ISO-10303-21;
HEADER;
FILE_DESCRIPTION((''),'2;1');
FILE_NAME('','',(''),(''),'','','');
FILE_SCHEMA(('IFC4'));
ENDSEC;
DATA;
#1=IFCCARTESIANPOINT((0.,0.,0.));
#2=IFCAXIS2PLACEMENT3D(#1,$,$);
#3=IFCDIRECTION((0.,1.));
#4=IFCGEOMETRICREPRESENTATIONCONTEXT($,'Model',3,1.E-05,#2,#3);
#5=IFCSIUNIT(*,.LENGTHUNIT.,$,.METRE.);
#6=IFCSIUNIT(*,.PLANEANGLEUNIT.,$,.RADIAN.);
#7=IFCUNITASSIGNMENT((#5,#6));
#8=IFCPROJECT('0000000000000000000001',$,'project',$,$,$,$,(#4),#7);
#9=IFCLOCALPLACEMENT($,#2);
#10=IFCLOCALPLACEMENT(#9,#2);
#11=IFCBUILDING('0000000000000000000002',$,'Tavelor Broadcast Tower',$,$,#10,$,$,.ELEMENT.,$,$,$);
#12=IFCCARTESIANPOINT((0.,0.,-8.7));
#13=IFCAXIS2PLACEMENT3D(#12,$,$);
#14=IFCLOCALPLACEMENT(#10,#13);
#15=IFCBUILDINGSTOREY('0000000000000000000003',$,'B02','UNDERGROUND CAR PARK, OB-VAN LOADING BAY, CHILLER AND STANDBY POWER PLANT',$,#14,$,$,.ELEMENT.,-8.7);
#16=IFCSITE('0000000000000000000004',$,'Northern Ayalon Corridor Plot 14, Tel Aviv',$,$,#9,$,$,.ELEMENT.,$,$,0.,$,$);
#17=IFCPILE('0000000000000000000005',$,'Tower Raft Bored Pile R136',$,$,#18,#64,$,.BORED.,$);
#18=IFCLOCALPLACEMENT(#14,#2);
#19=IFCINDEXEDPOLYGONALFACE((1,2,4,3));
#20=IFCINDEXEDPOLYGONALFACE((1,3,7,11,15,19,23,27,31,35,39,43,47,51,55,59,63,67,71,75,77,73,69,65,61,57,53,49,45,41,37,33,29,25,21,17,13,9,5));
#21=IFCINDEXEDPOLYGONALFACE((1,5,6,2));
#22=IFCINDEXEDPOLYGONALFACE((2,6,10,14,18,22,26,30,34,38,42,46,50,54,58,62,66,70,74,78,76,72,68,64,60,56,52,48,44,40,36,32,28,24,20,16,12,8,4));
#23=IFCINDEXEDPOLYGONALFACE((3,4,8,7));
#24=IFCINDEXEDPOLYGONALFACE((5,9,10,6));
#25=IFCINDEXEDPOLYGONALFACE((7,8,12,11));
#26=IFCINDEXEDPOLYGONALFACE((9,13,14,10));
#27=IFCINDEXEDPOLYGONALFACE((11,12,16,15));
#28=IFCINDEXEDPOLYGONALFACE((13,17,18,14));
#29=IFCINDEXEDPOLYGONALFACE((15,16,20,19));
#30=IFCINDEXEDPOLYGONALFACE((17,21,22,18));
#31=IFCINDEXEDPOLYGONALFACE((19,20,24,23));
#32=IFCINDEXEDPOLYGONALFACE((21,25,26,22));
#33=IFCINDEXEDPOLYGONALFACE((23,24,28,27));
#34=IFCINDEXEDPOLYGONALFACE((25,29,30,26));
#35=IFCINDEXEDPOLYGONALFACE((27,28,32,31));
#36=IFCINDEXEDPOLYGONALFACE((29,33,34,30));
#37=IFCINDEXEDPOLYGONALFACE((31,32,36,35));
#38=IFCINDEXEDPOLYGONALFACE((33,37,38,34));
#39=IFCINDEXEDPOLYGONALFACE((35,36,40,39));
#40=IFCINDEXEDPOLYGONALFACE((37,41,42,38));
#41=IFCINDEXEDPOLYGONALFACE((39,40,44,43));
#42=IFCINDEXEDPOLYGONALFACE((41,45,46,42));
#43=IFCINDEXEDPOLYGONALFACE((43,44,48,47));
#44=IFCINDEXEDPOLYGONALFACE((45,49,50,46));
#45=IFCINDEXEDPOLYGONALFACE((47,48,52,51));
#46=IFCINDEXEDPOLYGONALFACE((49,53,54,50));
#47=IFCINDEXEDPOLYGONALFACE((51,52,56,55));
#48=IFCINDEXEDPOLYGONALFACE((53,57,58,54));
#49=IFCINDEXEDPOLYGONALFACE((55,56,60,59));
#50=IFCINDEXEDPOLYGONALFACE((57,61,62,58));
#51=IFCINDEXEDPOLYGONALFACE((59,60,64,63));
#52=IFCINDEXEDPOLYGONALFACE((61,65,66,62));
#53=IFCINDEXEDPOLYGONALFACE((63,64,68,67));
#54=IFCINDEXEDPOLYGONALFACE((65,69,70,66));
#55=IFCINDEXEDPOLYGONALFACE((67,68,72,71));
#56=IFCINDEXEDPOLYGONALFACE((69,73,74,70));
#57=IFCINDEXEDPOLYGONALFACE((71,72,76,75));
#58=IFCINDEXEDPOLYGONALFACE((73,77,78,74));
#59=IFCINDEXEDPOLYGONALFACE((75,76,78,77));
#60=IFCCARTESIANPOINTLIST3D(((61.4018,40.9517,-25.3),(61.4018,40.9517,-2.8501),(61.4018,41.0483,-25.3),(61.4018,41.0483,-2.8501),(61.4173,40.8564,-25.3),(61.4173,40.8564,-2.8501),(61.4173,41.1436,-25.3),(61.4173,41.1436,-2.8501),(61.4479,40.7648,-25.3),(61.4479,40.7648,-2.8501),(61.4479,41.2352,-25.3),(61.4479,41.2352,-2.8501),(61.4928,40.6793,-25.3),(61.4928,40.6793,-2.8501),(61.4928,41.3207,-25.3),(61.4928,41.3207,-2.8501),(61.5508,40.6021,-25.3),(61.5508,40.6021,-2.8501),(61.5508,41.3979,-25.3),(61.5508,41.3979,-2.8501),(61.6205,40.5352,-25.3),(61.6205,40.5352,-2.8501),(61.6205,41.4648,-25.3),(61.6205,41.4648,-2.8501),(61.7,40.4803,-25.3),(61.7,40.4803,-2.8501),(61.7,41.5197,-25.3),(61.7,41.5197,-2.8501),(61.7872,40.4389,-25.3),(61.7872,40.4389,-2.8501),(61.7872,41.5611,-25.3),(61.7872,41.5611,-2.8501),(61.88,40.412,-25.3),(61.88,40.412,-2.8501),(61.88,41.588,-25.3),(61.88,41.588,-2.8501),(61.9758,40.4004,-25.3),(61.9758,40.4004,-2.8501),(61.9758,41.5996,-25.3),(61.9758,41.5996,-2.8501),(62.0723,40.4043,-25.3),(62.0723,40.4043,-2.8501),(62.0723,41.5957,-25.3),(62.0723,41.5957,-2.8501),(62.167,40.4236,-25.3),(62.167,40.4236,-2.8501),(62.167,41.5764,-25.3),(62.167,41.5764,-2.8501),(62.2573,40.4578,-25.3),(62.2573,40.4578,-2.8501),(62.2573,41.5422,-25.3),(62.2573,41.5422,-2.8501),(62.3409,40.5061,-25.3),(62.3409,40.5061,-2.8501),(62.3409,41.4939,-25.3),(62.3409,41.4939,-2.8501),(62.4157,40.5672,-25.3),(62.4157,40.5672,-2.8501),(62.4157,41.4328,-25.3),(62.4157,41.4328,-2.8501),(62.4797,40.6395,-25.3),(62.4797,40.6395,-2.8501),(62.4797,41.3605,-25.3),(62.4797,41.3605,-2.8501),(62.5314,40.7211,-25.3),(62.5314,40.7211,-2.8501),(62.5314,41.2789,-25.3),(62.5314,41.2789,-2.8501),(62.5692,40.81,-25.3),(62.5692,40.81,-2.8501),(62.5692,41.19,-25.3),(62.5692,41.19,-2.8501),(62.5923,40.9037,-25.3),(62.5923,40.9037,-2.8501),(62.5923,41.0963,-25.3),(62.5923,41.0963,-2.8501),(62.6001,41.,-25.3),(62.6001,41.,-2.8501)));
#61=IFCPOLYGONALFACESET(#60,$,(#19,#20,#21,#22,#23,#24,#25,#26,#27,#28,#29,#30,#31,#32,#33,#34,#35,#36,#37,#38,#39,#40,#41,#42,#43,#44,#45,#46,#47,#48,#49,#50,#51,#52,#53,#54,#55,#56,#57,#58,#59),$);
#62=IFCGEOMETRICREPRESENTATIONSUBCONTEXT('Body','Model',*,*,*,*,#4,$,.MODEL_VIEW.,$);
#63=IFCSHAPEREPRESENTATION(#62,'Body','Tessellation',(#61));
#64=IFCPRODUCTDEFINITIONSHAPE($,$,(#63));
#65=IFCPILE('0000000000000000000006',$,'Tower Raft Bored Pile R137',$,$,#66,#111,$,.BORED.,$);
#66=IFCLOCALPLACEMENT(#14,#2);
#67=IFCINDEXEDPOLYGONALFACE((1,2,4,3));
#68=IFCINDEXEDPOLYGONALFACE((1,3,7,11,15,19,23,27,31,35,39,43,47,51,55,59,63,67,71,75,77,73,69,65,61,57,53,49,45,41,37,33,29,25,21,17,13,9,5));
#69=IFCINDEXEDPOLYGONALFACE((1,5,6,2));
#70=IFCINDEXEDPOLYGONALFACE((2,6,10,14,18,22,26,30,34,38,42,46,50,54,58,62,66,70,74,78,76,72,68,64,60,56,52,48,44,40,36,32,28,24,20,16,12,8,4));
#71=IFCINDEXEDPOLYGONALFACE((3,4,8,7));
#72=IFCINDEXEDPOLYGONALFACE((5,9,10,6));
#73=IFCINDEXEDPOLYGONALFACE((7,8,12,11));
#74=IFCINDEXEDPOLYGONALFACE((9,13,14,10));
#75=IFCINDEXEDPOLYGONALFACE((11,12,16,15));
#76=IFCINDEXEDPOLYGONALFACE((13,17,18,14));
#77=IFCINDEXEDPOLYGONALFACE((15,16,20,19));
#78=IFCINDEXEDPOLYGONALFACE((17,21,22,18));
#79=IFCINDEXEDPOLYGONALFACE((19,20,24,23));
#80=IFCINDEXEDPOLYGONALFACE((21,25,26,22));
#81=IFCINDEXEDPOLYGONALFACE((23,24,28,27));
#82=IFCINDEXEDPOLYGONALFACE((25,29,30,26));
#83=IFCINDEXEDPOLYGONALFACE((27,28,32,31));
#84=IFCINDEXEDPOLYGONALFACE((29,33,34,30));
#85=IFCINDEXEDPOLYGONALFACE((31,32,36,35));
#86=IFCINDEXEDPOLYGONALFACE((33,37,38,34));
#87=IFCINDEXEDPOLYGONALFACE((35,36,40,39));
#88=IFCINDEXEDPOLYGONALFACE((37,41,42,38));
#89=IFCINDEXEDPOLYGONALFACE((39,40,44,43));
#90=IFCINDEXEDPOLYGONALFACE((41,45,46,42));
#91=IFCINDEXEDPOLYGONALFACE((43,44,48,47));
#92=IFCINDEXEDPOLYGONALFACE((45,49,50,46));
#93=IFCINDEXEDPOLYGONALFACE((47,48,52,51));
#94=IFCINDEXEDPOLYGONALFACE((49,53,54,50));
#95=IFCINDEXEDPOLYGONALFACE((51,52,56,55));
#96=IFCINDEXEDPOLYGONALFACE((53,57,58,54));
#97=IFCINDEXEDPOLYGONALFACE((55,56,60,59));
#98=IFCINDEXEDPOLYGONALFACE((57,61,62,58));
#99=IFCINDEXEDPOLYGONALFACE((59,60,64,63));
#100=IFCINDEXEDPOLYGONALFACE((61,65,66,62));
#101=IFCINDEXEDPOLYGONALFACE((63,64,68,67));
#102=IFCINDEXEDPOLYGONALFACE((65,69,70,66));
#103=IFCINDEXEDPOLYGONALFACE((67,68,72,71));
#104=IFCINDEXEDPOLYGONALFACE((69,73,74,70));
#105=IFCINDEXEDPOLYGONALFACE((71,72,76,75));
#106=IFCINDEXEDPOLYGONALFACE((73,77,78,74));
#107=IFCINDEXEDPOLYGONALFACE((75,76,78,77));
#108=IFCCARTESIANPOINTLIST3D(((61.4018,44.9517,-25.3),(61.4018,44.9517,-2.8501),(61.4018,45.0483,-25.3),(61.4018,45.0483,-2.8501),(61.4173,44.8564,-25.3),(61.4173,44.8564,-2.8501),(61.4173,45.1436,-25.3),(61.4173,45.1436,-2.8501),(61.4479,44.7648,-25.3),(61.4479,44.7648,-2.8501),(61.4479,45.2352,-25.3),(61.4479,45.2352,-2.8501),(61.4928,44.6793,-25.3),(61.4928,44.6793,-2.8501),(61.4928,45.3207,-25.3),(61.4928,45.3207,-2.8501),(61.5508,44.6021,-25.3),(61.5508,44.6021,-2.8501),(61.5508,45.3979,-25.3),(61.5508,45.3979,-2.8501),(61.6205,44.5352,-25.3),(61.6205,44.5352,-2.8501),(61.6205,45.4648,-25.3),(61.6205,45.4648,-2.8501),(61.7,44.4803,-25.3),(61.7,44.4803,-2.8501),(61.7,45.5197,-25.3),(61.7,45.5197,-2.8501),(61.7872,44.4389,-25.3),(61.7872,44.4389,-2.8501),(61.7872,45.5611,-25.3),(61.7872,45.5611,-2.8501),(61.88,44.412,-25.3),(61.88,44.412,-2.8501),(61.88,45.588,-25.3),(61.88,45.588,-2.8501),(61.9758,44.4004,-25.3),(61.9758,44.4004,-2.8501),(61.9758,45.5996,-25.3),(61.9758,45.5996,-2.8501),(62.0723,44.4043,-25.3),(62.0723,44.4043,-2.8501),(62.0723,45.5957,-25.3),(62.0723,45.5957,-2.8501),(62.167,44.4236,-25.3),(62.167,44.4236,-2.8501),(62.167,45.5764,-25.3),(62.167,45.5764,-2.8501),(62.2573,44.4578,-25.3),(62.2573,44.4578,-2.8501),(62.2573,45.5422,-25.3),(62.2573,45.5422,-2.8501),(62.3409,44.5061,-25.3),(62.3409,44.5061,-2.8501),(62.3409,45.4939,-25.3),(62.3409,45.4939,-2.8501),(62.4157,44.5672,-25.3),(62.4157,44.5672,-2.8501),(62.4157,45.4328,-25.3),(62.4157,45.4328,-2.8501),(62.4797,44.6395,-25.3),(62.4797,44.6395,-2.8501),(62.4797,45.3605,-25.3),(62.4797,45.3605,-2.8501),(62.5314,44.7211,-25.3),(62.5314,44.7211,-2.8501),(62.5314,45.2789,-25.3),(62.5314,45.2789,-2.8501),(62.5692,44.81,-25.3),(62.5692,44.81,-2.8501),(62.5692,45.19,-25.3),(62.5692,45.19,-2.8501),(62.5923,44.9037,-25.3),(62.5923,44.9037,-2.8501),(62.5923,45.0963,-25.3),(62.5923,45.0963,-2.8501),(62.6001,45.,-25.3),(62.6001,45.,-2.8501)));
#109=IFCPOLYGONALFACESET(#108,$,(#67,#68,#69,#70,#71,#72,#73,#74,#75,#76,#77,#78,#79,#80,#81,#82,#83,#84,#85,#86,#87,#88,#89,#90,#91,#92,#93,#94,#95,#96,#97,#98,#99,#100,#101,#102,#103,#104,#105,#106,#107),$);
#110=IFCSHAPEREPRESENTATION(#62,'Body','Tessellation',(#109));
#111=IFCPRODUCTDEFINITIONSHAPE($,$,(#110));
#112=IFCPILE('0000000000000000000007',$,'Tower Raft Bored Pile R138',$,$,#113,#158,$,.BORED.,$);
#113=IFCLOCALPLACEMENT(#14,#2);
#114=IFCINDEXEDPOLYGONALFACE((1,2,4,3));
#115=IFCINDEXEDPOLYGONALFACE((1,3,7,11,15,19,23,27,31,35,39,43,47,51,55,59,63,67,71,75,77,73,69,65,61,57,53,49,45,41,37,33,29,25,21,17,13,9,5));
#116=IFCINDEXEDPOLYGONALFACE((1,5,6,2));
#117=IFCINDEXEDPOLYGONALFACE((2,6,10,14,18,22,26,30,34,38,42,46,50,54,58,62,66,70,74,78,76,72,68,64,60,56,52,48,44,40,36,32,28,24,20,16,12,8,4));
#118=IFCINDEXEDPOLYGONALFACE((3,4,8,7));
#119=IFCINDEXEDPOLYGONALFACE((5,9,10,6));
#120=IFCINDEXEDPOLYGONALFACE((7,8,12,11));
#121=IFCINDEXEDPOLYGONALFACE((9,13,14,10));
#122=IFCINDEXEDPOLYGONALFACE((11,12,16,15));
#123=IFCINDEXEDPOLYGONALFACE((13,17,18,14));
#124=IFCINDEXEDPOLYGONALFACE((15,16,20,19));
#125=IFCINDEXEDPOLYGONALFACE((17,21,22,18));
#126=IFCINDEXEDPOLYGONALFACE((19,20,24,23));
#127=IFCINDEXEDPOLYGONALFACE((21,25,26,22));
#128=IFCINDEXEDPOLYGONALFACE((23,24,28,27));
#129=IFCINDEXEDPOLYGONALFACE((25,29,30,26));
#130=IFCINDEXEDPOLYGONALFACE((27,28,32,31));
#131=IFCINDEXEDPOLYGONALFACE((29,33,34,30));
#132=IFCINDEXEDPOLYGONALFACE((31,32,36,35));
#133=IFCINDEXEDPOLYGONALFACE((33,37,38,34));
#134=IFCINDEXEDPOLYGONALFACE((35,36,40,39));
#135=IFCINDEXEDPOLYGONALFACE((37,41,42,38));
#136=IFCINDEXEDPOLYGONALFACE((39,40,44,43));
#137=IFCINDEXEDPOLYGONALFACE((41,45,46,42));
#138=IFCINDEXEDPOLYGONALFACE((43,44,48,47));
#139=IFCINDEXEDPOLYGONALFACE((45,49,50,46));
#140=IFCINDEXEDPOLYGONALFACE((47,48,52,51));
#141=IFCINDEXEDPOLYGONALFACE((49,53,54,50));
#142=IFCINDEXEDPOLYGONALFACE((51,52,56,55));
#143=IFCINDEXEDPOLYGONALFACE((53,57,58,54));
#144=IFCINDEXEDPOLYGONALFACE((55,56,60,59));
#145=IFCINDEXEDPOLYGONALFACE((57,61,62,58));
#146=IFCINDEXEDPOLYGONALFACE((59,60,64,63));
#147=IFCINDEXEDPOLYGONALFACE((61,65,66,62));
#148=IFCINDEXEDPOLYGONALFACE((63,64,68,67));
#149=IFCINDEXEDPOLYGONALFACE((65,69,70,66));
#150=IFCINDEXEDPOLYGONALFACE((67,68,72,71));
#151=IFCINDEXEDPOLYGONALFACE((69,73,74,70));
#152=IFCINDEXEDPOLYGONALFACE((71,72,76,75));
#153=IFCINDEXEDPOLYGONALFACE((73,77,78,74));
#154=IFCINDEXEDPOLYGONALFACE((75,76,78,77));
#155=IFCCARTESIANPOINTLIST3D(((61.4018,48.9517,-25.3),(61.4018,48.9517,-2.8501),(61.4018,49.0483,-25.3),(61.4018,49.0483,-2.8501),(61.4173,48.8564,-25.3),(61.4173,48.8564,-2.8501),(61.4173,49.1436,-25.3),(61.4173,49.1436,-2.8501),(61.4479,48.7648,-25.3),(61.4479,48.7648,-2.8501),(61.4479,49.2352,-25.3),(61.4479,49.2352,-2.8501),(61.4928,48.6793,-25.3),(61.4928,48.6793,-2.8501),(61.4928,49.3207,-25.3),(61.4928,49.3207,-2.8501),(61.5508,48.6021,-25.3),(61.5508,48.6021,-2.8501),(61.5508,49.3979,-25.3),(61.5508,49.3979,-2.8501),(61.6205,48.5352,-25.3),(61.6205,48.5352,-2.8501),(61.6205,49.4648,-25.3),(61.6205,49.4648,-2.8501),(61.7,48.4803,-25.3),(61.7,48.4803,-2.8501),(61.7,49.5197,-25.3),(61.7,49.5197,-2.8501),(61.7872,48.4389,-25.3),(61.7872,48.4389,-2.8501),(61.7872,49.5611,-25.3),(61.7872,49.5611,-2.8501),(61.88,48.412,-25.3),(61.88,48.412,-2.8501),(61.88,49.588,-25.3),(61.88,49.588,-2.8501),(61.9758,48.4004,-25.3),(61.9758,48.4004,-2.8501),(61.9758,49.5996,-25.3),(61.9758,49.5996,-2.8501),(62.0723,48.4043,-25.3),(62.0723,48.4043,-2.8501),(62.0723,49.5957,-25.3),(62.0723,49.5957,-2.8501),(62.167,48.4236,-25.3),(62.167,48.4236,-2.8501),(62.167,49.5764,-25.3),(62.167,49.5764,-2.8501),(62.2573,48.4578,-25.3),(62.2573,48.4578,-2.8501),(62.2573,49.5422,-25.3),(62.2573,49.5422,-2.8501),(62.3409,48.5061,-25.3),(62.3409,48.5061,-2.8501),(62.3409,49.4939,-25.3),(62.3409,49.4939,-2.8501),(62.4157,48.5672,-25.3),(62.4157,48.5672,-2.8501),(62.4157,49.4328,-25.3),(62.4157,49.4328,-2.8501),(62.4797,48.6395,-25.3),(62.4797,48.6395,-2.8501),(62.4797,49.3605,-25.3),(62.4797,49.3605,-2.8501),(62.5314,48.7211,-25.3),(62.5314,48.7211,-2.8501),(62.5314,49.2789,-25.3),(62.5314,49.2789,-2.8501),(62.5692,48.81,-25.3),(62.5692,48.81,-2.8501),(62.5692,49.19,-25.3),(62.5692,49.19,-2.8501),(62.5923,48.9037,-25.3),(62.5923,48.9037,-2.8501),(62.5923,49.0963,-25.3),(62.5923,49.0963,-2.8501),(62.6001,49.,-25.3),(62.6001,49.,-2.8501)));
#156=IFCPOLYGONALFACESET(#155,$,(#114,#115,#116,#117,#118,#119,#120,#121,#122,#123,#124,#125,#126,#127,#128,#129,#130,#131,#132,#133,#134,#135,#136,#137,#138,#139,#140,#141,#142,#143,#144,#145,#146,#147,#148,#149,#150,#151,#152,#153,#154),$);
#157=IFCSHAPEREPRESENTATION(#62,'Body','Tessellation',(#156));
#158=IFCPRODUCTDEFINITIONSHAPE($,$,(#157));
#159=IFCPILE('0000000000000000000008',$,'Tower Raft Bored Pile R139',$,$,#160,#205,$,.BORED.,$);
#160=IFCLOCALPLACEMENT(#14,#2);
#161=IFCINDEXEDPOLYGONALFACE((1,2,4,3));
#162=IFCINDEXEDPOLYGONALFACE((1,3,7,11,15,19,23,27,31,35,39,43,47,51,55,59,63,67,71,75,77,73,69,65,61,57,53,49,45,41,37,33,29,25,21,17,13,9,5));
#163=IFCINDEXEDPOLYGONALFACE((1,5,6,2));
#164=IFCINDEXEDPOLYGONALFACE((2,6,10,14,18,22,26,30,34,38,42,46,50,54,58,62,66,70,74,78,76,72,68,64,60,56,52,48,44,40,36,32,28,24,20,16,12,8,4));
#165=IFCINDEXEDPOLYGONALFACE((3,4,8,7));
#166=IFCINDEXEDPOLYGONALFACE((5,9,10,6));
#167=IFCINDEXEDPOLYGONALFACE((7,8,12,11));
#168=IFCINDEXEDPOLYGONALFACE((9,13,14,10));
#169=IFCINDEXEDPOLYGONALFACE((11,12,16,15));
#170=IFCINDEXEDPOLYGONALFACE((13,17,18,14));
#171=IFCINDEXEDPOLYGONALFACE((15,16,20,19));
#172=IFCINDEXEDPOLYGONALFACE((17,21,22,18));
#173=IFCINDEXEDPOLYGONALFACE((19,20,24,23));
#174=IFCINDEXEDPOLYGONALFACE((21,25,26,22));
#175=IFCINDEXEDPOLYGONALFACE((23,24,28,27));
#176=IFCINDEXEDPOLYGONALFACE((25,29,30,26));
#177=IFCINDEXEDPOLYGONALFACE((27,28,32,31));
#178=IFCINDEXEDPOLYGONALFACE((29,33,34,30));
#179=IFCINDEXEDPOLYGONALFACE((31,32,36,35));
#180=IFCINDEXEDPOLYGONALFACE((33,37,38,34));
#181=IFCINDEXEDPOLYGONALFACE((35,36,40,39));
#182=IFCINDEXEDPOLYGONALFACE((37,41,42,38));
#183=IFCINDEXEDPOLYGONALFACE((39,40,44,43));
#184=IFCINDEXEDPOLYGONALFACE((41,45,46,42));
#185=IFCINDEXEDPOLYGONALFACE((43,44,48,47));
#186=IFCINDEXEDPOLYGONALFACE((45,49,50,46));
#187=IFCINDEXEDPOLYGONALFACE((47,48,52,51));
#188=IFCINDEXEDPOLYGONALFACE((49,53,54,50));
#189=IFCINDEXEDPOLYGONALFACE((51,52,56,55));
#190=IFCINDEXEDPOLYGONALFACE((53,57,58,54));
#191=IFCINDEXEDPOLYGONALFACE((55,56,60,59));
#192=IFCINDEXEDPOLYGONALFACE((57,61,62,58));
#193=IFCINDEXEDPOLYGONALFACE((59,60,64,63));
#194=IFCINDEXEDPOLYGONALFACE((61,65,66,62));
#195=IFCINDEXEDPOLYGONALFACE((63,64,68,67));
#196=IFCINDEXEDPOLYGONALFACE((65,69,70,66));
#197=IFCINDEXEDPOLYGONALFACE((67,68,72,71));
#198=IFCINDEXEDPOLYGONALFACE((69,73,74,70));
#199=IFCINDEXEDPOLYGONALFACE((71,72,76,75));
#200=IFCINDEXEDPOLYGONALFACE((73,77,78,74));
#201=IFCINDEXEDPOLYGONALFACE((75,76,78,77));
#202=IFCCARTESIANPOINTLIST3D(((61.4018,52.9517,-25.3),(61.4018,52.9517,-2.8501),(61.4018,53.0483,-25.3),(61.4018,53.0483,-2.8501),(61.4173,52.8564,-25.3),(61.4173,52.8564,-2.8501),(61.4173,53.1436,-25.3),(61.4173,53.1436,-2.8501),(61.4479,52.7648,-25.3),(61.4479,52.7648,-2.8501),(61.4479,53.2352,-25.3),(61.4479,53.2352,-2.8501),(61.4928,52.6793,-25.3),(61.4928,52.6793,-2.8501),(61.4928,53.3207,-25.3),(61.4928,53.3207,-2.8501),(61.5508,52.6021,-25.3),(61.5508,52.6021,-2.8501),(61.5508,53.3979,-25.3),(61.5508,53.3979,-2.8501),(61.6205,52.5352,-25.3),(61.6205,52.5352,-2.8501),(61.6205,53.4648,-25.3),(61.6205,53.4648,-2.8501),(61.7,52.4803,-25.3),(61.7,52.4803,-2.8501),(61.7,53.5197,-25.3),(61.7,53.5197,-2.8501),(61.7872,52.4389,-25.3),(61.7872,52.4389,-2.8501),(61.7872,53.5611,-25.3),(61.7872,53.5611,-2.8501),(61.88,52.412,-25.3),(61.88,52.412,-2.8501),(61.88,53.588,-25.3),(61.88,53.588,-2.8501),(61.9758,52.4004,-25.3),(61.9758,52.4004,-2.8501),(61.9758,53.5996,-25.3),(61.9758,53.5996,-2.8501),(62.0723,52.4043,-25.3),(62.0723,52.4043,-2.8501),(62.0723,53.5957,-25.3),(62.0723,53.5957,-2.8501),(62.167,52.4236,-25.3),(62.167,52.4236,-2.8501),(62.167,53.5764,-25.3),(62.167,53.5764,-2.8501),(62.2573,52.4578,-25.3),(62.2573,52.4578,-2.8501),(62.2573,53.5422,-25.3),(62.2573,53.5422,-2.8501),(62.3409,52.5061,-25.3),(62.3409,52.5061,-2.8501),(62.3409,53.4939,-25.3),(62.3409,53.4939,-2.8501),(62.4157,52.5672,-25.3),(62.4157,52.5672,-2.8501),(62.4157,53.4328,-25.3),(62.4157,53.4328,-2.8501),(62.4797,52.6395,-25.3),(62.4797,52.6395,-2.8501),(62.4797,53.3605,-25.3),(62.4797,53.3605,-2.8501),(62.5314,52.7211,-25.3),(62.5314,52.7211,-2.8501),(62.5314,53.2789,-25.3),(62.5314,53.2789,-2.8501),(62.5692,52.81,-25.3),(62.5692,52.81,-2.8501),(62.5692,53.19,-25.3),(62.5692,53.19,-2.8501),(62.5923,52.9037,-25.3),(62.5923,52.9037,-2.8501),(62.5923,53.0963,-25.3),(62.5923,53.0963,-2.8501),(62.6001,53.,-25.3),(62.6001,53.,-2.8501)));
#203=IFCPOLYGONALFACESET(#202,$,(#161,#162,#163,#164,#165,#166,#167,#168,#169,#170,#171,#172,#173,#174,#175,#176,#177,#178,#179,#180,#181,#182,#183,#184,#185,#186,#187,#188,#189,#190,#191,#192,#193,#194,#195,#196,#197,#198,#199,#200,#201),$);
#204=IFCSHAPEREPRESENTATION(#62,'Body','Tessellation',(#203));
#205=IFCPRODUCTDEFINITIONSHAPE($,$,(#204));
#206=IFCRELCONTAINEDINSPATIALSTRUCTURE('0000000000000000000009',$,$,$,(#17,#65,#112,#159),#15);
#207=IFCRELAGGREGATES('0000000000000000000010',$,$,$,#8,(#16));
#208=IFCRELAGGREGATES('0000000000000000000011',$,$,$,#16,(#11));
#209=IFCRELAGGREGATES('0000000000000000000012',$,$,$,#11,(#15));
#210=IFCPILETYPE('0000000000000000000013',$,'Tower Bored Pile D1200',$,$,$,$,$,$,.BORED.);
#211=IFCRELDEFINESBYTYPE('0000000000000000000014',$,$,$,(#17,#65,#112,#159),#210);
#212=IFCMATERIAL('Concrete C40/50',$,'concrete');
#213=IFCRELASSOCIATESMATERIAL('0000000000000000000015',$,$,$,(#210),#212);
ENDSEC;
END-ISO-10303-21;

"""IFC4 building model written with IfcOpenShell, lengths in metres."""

from ifc_helpers import new_model, si_unit, direction, frame, origin, origin_2d, place, context, subcontext, project, spatial, circle, extrude, material, material_profile, profile_set, type_object, element, save


model = new_model("IFC4")

# Units and contexts
model_context = context("Model", 3, precision=1e-05, world=origin(), true_north=direction((0.0, 1.0)))
body_context = subcontext(model_context, "Body", "Model", "MODEL_VIEW")
ifc_project = project(units=[si_unit("LENGTHUNIT", "METRE"), si_unit("PLANEANGLEUNIT", "RADIAN")], contexts=[model_context])

# Site, building, storey
site_placement = place(None, origin())
site = spatial("IfcSite", under=ifc_project, at=site_placement, Name="Northern Ayalon Corridor Plot 14, Tel Aviv", CompositionType="ELEMENT", RefElevation=0.0)
building_placement = place(site_placement, origin())
building = spatial("IfcBuilding", under=site, at=building_placement, Name="Tavelor Broadcast Tower", CompositionType="ELEMENT")
storey_placement = place(building_placement, frame((0.0, 0.0, -8.7)))
storey = spatial("IfcBuildingStorey", under=building, at=storey_placement, Name="B02", Description="UNDERGROUND CAR PARK, OB-VAN LOADING BAY, CHILLER AND STANDBY POWER PLANT", CompositionType="ELEMENT", Elevation=-8.7)

# Piles
ifc_material_1 = material(Name="Concrete C40/50", Category="concrete")
ifc_material_profile_1 = material_profile(ifc_material_1, circle(Radius=0.6001, at=origin_2d()), Name="PILE D1200")
ifc_profile_set_1 = profile_set([ifc_material_profile_1], Name="Concrete C40/50")
pile_type = type_object("IfcPileType", Name="Tower Bored Pile D1200", PredefinedType="BORED", material=ifc_profile_set_1)
for number, where, z_axis, x_axis, name in (
    (1, (62.0, 41.0, -2.8501), (0.0, 0.0, -1.0), (1.0, 0.0, 0.0), "Tower Raft Bored Pile R136"),
    (2, (62.0, 45.0, -2.8501), (0.0, 0.0, -1.0), (1.0, 0.0, 0.0), "Tower Raft Bored Pile R137"),
    (3, (62.0, 49.0, -2.8501), (0.0, 0.0, -1.0), (1.0, 0.0, 0.0), "Tower Raft Bored Pile R138"),
    (4, (62.0, 53.0, -2.8501), (0.0, 0.0, -1.0), (1.0, 0.0, 0.0), "Tower Raft Bored Pile R139"),
):
    element("IfcPile", number, at=place(storey_placement, frame(where, z_axis=z_axis, x_axis=x_axis)), inside=storey, type_object=pile_type, Name=name, PredefinedType="BORED", context=body_context, shape_type="SweptSolid", body=[
        extrude(circle(Radius=0.6001, at=origin_2d()), origin(), (0.0, 0.0, 1.0), 22.45),
    ])

save(model, "model.ifc")
